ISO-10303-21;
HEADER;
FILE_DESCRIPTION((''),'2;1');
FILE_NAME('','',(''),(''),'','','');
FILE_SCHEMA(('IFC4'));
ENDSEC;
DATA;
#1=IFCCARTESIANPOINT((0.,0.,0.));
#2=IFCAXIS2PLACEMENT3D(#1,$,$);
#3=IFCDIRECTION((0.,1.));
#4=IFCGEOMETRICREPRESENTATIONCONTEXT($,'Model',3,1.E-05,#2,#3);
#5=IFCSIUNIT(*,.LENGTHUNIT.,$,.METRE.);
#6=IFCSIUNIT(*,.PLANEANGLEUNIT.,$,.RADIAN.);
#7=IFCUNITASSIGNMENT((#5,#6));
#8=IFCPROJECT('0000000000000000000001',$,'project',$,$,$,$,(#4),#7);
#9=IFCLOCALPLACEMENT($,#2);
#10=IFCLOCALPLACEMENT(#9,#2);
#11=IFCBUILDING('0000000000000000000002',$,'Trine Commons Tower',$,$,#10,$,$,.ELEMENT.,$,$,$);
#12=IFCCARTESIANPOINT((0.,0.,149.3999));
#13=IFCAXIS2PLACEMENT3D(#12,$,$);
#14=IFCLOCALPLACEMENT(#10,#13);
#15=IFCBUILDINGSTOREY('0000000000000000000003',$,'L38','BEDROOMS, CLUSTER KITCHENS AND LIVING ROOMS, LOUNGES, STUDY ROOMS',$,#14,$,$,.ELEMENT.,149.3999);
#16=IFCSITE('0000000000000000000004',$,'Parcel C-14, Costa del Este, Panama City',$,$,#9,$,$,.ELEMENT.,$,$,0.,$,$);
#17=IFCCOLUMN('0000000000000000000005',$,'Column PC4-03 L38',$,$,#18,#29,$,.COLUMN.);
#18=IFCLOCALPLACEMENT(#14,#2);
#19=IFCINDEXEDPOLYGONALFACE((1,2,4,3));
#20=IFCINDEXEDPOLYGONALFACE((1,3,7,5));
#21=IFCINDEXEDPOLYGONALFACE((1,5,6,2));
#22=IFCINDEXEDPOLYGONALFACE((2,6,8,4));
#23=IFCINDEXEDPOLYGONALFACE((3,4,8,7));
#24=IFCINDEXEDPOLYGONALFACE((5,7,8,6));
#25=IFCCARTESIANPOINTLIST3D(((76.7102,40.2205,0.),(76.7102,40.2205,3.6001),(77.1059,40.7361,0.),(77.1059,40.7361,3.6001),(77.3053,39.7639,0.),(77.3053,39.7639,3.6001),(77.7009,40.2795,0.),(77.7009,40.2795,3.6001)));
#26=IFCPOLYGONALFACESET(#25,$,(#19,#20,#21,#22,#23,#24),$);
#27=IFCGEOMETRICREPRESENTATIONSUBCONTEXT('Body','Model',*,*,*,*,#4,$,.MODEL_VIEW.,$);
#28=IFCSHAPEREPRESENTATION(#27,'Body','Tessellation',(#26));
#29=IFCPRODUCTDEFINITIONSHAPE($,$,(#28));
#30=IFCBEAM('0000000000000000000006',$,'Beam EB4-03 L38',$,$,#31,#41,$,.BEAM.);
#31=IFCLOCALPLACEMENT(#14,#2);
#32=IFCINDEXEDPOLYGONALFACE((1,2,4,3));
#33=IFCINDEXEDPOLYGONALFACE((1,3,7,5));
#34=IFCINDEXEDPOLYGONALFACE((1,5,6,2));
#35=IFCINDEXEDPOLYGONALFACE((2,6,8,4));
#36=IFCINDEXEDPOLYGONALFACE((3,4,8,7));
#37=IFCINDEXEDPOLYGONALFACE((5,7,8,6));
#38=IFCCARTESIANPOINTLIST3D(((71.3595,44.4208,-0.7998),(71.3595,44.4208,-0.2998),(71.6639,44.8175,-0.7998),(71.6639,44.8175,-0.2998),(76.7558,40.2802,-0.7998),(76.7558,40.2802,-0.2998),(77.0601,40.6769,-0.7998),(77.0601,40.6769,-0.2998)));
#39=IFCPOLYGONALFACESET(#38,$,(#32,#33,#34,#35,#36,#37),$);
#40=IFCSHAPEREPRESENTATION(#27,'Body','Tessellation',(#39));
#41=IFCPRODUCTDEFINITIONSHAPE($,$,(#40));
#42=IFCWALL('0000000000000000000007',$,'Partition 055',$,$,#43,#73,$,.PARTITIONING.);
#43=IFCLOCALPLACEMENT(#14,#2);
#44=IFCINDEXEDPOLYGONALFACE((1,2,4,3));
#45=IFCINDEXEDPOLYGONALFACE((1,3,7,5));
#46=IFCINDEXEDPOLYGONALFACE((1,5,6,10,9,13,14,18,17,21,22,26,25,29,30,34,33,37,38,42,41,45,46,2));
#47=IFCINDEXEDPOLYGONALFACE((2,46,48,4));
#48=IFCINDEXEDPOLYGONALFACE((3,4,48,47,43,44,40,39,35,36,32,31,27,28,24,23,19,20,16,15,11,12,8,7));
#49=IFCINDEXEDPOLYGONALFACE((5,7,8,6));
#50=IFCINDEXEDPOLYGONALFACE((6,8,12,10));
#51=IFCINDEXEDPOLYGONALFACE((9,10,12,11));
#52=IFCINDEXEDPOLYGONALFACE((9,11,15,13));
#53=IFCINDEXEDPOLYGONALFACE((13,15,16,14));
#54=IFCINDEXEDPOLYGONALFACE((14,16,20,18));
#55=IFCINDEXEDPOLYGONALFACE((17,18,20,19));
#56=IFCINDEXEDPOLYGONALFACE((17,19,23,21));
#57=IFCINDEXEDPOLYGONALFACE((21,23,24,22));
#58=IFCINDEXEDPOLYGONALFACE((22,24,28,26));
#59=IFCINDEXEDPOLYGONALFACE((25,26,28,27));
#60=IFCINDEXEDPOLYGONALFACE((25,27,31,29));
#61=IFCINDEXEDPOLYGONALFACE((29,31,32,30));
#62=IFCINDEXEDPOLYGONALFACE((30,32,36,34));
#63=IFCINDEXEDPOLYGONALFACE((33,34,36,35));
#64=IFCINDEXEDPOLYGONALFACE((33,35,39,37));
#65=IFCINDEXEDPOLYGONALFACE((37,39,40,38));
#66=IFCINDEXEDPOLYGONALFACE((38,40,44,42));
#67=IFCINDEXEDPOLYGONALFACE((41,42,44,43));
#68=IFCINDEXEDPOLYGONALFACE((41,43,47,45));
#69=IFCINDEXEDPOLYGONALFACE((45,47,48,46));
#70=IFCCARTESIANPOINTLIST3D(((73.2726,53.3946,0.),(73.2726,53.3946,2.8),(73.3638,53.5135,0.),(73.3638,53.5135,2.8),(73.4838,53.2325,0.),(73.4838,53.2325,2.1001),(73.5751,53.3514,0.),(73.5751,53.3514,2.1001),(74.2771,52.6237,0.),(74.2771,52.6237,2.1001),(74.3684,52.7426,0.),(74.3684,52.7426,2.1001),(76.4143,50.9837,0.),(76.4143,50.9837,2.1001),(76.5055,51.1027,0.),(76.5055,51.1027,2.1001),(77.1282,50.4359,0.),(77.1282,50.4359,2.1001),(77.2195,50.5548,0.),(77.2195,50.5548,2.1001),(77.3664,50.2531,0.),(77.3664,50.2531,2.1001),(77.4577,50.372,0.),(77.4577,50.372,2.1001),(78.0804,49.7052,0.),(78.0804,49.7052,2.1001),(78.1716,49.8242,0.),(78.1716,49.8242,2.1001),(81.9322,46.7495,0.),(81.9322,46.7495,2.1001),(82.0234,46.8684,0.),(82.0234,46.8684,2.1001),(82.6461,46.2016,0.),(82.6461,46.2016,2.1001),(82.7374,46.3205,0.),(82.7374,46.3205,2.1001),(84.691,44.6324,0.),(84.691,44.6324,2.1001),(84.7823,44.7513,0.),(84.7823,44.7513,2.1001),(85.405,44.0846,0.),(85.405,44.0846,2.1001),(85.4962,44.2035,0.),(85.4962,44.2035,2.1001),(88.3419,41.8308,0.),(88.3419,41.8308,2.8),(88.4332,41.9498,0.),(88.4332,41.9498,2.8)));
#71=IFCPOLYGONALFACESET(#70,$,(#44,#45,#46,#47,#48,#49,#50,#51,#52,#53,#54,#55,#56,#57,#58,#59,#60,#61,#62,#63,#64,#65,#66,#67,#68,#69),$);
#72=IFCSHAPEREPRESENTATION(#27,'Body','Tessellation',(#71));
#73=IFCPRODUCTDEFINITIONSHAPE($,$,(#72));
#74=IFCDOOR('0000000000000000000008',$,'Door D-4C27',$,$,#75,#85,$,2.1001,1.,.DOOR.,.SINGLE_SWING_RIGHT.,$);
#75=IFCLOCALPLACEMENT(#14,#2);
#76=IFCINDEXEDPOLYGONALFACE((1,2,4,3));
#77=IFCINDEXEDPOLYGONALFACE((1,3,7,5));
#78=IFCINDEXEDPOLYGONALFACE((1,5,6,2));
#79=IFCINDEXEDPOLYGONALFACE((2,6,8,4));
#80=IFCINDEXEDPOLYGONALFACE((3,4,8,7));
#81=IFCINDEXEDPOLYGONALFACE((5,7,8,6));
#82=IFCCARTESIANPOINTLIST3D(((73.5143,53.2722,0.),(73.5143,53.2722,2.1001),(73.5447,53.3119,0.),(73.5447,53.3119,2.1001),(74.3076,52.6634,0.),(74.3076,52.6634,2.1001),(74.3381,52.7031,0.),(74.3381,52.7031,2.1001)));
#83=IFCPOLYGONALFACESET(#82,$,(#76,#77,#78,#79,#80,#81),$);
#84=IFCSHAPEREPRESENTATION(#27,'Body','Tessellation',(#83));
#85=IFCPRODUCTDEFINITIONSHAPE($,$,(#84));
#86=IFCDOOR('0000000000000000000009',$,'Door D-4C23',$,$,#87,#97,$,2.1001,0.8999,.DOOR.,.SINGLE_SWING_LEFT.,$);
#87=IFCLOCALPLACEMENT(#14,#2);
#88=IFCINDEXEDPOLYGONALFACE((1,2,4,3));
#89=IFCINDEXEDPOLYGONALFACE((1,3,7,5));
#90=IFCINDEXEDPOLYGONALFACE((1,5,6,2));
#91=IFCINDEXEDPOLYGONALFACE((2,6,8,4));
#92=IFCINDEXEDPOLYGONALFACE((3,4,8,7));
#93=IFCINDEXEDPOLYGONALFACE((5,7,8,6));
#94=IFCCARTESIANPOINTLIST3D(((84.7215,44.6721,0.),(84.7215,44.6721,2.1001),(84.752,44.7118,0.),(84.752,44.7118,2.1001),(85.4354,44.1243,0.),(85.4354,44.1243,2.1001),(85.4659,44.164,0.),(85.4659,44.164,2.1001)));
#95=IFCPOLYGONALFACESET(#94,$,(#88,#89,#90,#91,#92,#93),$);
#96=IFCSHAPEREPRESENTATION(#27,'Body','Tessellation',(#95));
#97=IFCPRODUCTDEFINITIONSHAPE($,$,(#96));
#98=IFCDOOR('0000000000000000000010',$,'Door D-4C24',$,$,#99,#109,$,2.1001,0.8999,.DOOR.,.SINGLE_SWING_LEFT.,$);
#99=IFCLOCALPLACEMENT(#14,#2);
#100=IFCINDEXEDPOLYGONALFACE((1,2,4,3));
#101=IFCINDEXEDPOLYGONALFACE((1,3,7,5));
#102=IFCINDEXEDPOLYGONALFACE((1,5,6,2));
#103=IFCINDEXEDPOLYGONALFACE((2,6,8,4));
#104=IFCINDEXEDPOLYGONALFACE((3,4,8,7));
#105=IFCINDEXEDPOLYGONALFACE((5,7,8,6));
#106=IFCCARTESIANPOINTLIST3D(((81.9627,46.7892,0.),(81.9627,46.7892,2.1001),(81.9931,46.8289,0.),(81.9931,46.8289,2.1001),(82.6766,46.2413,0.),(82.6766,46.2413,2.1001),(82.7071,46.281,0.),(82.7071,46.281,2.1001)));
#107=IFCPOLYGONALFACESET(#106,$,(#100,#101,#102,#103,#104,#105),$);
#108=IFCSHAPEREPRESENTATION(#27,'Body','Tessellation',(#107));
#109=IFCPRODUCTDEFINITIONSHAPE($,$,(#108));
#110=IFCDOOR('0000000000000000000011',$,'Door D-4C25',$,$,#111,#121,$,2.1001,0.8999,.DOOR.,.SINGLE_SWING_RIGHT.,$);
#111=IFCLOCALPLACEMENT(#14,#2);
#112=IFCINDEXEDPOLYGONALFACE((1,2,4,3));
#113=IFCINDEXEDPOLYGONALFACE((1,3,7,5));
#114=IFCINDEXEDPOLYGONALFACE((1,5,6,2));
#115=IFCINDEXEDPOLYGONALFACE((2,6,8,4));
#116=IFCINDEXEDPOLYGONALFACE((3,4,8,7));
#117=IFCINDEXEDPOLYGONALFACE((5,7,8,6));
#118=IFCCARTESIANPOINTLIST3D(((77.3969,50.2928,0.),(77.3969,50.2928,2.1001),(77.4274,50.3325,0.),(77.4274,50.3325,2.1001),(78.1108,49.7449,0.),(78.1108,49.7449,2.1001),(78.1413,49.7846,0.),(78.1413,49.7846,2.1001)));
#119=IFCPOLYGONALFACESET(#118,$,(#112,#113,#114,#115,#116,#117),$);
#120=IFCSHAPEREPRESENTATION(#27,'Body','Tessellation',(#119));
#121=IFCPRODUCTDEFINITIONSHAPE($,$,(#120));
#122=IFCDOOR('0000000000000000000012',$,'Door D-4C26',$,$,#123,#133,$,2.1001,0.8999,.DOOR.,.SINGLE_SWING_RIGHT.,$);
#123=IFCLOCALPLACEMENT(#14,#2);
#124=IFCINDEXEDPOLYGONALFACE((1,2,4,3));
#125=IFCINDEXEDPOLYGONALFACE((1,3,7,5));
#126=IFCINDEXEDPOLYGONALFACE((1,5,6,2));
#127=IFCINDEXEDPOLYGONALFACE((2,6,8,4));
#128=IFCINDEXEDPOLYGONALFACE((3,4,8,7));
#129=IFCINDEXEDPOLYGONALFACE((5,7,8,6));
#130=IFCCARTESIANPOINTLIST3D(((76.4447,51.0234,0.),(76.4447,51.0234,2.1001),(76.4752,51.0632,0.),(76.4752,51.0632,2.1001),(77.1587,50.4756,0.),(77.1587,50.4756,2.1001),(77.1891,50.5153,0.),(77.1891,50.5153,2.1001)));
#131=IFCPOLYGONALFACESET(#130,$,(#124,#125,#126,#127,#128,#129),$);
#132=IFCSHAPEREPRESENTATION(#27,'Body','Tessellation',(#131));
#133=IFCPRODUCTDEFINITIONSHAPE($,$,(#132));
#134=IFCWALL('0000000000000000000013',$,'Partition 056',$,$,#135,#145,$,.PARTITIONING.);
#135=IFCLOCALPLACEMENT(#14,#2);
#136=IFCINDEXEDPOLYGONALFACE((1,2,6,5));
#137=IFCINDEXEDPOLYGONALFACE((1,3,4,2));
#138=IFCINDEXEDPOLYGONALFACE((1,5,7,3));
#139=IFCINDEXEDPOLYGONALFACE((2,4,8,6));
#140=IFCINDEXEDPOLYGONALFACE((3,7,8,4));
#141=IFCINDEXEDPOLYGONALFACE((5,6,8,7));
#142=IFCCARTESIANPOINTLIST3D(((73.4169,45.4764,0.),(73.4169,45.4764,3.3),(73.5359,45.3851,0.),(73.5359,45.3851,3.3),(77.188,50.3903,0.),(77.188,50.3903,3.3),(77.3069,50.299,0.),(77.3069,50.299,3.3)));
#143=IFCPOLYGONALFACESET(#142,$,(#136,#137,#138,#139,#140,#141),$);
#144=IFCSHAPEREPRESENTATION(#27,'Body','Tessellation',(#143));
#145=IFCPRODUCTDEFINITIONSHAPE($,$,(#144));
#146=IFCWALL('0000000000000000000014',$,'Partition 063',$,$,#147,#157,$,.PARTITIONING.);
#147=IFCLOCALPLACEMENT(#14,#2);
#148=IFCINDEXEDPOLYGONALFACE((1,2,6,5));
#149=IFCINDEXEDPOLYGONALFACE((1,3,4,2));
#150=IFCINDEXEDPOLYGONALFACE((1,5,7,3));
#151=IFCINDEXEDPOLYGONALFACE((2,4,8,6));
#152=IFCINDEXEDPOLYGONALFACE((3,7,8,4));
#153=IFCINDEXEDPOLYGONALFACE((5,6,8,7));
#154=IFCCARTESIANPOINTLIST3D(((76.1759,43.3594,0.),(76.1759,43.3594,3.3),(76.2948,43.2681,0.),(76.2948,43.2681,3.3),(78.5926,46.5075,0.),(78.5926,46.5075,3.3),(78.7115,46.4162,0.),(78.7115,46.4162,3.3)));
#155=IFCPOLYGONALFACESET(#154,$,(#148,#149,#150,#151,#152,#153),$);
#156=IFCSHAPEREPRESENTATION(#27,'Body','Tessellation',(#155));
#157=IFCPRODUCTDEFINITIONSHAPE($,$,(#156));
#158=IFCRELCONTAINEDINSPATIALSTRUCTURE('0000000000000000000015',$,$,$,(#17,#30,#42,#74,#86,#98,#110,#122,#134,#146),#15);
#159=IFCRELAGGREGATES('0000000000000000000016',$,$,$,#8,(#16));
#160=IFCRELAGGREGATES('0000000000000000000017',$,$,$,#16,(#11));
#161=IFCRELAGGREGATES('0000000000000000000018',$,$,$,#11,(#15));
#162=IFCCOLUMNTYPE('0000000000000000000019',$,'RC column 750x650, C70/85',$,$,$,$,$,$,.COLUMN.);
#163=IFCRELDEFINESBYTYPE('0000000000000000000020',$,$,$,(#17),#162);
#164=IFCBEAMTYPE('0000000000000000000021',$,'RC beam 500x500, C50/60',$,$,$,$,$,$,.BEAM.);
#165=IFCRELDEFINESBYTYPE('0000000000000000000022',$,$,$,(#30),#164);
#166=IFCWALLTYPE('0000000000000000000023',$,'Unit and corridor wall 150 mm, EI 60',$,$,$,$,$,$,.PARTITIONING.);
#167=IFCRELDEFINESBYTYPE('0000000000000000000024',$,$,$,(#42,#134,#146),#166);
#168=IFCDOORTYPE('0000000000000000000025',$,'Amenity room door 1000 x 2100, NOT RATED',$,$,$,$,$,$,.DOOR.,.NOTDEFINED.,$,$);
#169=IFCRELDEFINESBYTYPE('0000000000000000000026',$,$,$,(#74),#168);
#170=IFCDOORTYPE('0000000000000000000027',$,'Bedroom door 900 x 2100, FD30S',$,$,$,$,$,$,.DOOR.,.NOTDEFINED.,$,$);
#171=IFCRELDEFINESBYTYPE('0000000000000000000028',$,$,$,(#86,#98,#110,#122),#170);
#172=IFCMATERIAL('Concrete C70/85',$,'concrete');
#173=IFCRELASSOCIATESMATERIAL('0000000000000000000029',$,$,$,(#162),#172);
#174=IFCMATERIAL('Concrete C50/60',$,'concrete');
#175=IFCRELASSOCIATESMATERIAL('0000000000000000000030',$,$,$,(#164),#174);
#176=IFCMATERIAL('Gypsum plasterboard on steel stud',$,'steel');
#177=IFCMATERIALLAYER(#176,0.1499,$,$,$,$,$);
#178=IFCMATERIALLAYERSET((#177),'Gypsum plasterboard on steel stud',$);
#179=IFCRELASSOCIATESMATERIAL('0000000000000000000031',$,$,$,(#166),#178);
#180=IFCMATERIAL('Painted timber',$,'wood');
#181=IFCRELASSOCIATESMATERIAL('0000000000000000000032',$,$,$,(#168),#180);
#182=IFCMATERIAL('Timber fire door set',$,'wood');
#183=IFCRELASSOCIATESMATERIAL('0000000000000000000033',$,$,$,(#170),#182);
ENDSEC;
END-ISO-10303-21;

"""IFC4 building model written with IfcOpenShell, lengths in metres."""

from ifc_helpers import new_model, si_unit, direction, frame, frame_2d, origin, origin_2d, place, context, subcontext, project, spatial, rectangle, extrude, material, layer, layer_set, material_profile, profile_set, type_object, element, fill, save


model = new_model("IFC4")

# Units and contexts
model_context = context("Model", 3, precision=1e-05, world=origin(), true_north=direction((0.0, 1.0)))
body_context = subcontext(model_context, "Body", "Model", "MODEL_VIEW")
ifc_project = project(units=[si_unit("LENGTHUNIT", "METRE"), si_unit("PLANEANGLEUNIT", "RADIAN")], contexts=[model_context])

# Site, building, storey
site_placement = place(None, origin())
site = spatial("IfcSite", under=ifc_project, at=site_placement, Name="Parcel C-14, Costa del Este, Panama City", CompositionType="ELEMENT", RefElevation=0.0)
building_placement = place(site_placement, origin())
building = spatial("IfcBuilding", under=site, at=building_placement, Name="Trine Commons Tower", CompositionType="ELEMENT")
storey_placement = place(building_placement, frame((0.0, 0.0, 149.3999)))
storey = spatial("IfcBuildingStorey", under=building, at=storey_placement, Name="L38", Description="BEDROOMS, CLUSTER KITCHENS AND LIVING ROOMS, LOUNGES, STUDY ROOMS", CompositionType="ELEMENT", Elevation=149.3999)

# Column
ifc_material_1 = material(Name="Concrete C70/85", Category="concrete")
ifc_material_profile_1 = material_profile(ifc_material_1, rectangle(XDim=0.75, YDim=0.6499, at=origin_2d()), Name="RC 750x650")
ifc_profile_set_1 = profile_set([ifc_material_profile_1], Name="Concrete C70/85")
column_type = type_object("IfcColumnType", Name="RC column 750x650, C70/85", PredefinedType="COLUMN", material=ifc_profile_set_1)
column_placement = place(storey_placement, frame((77.2056, 40.25, 0.0), z_axis=(0.0, 0.0, 1.0), x_axis=(-0.793353, 0.608761, 0.0)))
element("IfcColumn", 1, at=column_placement, inside=storey, type_object=column_type, Name="Column PC4-03 L38", PredefinedType="COLUMN", context=body_context, shape_type="SweptSolid", body=[
    extrude(rectangle(XDim=0.75, YDim=0.6499, at=origin_2d()), origin(), (0.0, 0.0, 1.0), 3.6001),
])

# Beam
ifc_material_2 = material(Name="Concrete C50/60", Category="concrete")
ifc_material_profile_2 = material_profile(ifc_material_2, rectangle(XDim=0.5, YDim=0.5, at=origin_2d()), Name="RC 500x500")
ifc_profile_set_2 = profile_set([ifc_material_profile_2], Name="Concrete C50/60")
beam_type = type_object("IfcBeamType", Name="RC beam 500x500, C50/60", PredefinedType="BEAM", material=ifc_profile_set_2)
beam_placement = place(storey_placement, frame((76.908, 40.4785, -0.5498), z_axis=(-0.793357, 0.608756, 0.0), x_axis=(-0.608756, -0.793357, 0.0)))
element("IfcBeam", 2, at=beam_placement, inside=storey, type_object=beam_type, Name="Beam EB4-03 L38", PredefinedType="BEAM", context=body_context, shape_type="SweptSolid", body=[
    extrude(rectangle(XDim=0.5, YDim=0.5, at=origin_2d()), origin(), (0.0, 0.0, 1.0), 6.8018),
])

# Wall, openings, doors
ifc_material_3 = material(Name="Gypsum plasterboard on steel stud", Category="steel")
ifc_layer_1 = layer(ifc_material_3, 0.1499)
ifc_layer_set_1 = layer_set([ifc_layer_1], Name="Gypsum plasterboard on steel stud")
wall_type_1 = type_object("IfcWallType", Name="Unit and corridor wall 150 mm, EI 60", PredefinedType="PARTITIONING", material=ifc_layer_set_1)
wall_1_placement = place(storey_placement, frame((73.3181, 53.4541, 0.0), z_axis=(0.0, 0.0, 1.0), x_axis=(0.793338, -0.608782, 0.0)))
wall_1 = element("IfcWall", 3, at=wall_1_placement, inside=storey, type_object=wall_type_1, Name="Partition 055", PredefinedType="PARTITIONING", context=body_context, shape_type="SweptSolid", body=[
    extrude(rectangle(XDim=18.9949, YDim=0.1499, at=frame_2d((9.4976, 0.0))), origin(), (0.0, 0.0, 1.0), 2.8),
])
opening_1_placement = place(wall_1_placement, frame((14.3931, 0.0, 0.0)))
opening_1 = element("IfcOpeningElement", 4, at=opening_1_placement, cuts=wall_1, PredefinedType="OPENING", context=body_context, shape_type="SweptSolid", body=[
    extrude(rectangle(XDim=0.8999, YDim=2.1001, at=frame_2d((0.45, 1.05))), frame((0.0, 0.085, 0.0), z_axis=(0.0, -1.0, 0.0), x_axis=(1.0, 0.0, 0.0)), (0.0, 0.0, 1.0), 0.1699),
])
opening_2_placement = place(wall_1_placement, frame((10.9155, 0.0, 0.0)))
opening_2 = element("IfcOpeningElement", 5, at=opening_2_placement, cuts=wall_1, PredefinedType="OPENING", context=body_context, shape_type="SweptSolid", body=[
    extrude(rectangle(XDim=0.8999, YDim=2.1001, at=frame_2d((0.45, 1.05))), frame((0.0, 0.085, 0.0), z_axis=(0.0, -1.0, 0.0), x_axis=(1.0, 0.0, 0.0)), (0.0, 0.0, 1.0), 0.1699),
])
opening_3_placement = place(wall_1_placement, frame((5.1604, 0.0, 0.0)))
opening_3 = element("IfcOpeningElement", 6, at=opening_3_placement, cuts=wall_1, PredefinedType="OPENING", context=body_context, shape_type="SweptSolid", body=[
    extrude(rectangle(XDim=0.8999, YDim=2.1001, at=frame_2d((0.45, 1.05))), frame((0.0, 0.085, 0.0), z_axis=(0.0, -1.0, 0.0), x_axis=(1.0, 0.0, 0.0)), (0.0, 0.0, 1.0), 0.1699),
])
opening_4_placement = place(wall_1_placement, frame((3.9602, 0.0, 0.0)))
opening_4 = element("IfcOpeningElement", 7, at=opening_4_placement, cuts=wall_1, PredefinedType="OPENING", context=body_context, shape_type="SweptSolid", body=[
    extrude(rectangle(XDim=0.8999, YDim=2.1001, at=frame_2d((0.45, 1.05))), frame((0.0, 0.085, 0.0), z_axis=(0.0, -1.0, 0.0), x_axis=(1.0, 0.0, 0.0)), (0.0, 0.0, 1.0), 0.1699),
])
opening_5_placement = place(wall_1_placement, frame((0.2664, 0.0, 0.0)))
opening_5 = element("IfcOpeningElement", 8, at=opening_5_placement, cuts=wall_1, PredefinedType="OPENING", context=body_context, shape_type="SweptSolid", body=[
    extrude(rectangle(XDim=1.0, YDim=2.1001, at=frame_2d((0.5, 1.05))), frame((0.0, 0.085, 0.0), z_axis=(0.0, -1.0, 0.0), x_axis=(1.0, 0.0, 0.0)), (0.0, 0.0, 1.0), 0.1699),
])
ifc_material_4 = material(Name="Painted timber", Category="wood")
door_type_1 = type_object("IfcDoorType", Name="Amenity room door 1000 x 2100, NOT RATED", OperationType="NOTDEFINED", PredefinedType="DOOR", material=ifc_material_4)
door_1_placement = place(opening_5_placement, frame((1.0, 0.0, 0.0), z_axis=(0.0, 0.0, 1.0), x_axis=(-1.0, 0.0, 0.0)))
door_1 = element("IfcDoor", 9, at=door_1_placement, inside=storey, type_object=door_type_1, Name="Door D-4C27", OperationType="SINGLE_SWING_RIGHT", OverallHeight=2.1001, OverallWidth=1.0, PredefinedType="DOOR", context=body_context, shape_type="SweptSolid", body=[
    extrude(rectangle(XDim=1.0, YDim=2.1001, at=frame_2d((0.5, 1.05))), frame((0.0, 0.0249, 0.0), z_axis=(0.0, -1.0, 0.0), x_axis=(1.0, 0.0, 0.0)), (0.0, 0.0, 1.0), 0.05),
])
fill(opening_5, door_1)
ifc_material_5 = material(Name="Timber fire door set", Category="wood")
door_type_2 = type_object("IfcDoorType", Name="Bedroom door 900 x 2100, FD30S", OperationType="NOTDEFINED", PredefinedType="DOOR", material=ifc_material_5)
door_2_placement = place(opening_1_placement, frame((0.8999, 0.0, 0.0), z_axis=(0.0, 0.0, 1.0), x_axis=(-1.0, 0.0, 0.0)))
door_2 = element("IfcDoor", 10, at=door_2_placement, inside=storey, type_object=door_type_2, Name="Door D-4C23", OperationType="SINGLE_SWING_LEFT", OverallHeight=2.1001, OverallWidth=0.8999, PredefinedType="DOOR", context=body_context, shape_type="SweptSolid", body=[
    extrude(rectangle(XDim=0.8999, YDim=2.1001, at=frame_2d((0.45, 1.05))), frame((0.0, 0.0249, 0.0), z_axis=(0.0, -1.0, 0.0), x_axis=(1.0, 0.0, 0.0)), (0.0, 0.0, 1.0), 0.05),
])
fill(opening_1, door_2)
door_3_placement = place(opening_2_placement, frame((0.8999, 0.0, 0.0), z_axis=(0.0, 0.0, 1.0), x_axis=(-1.0, 0.0, 0.0)))
door_3 = element("IfcDoor", 11, at=door_3_placement, inside=storey, type_object=door_type_2, Name="Door D-4C24", OperationType="SINGLE_SWING_LEFT", OverallHeight=2.1001, OverallWidth=0.8999, PredefinedType="DOOR", context=body_context, shape_type="SweptSolid", body=[
    extrude(rectangle(XDim=0.8999, YDim=2.1001, at=frame_2d((0.45, 1.05))), frame((0.0, 0.0249, 0.0), z_axis=(0.0, -1.0, 0.0), x_axis=(1.0, 0.0, 0.0)), (0.0, 0.0, 1.0), 0.05),
])
fill(opening_2, door_3)
door_4_placement = place(opening_3_placement, frame((0.8999, 0.0, 0.0), z_axis=(0.0, 0.0, 1.0), x_axis=(-1.0, 0.0, 0.0)))
door_4 = element("IfcDoor", 12, at=door_4_placement, inside=storey, type_object=door_type_2, Name="Door D-4C25", OperationType="SINGLE_SWING_RIGHT", OverallHeight=2.1001, OverallWidth=0.8999, PredefinedType="DOOR", context=body_context, shape_type="SweptSolid", body=[
    extrude(rectangle(XDim=0.8999, YDim=2.1001, at=frame_2d((0.45, 1.05))), frame((0.0, 0.0249, 0.0), z_axis=(0.0, -1.0, 0.0), x_axis=(1.0, 0.0, 0.0)), (0.0, 0.0, 1.0), 0.05),
])
fill(opening_3, door_4)
door_5_placement = place(opening_4_placement, frame((0.8999, 0.0, 0.0), z_axis=(0.0, 0.0, 1.0), x_axis=(-1.0, 0.0, 0.0)))
door_5 = element("IfcDoor", 13, at=door_5_placement, inside=storey, type_object=door_type_2, Name="Door D-4C26", OperationType="SINGLE_SWING_RIGHT", OverallHeight=2.1001, OverallWidth=0.8999, PredefinedType="DOOR", context=body_context, shape_type="SweptSolid", body=[
    extrude(rectangle(XDim=0.8999, YDim=2.1001, at=frame_2d((0.45, 1.05))), frame((0.0, 0.0249, 0.0), z_axis=(0.0, -1.0, 0.0), x_axis=(1.0, 0.0, 0.0)), (0.0, 0.0, 1.0), 0.05),
])
fill(opening_4, door_5)

# Walls
wall_2_placement = place(storey_placement, frame((73.4763, 45.4307, 0.0), z_axis=(0.0, 0.0, 1.0), x_axis=(0.608811, 0.793315, 0.0)))
element("IfcWall", 14, at=wall_2_placement, inside=storey, type_object=wall_type_1, Name="Partition 056", PredefinedType="PARTITIONING", context=body_context, shape_type="SweptSolid", body=[
    extrude(rectangle(XDim=6.1941, YDim=0.1499, at=frame_2d((3.0972, 0.0))), origin(), (0.0, 0.0, 1.0), 3.3),
])
wall_3_placement = place(storey_placement, frame((76.2354, 43.3137, 0.0), z_axis=(0.0, 0.0, 1.0), x_axis=(0.608929, 0.793225, 0.0)))
element("IfcWall", 15, at=wall_3_placement, inside=storey, type_object=wall_type_1, Name="Partition 063", PredefinedType="PARTITIONING", context=body_context, shape_type="SweptSolid", body=[
    extrude(rectangle(XDim=3.9688, YDim=0.1499, at=frame_2d((1.9844, 0.0))), origin(), (0.0, 0.0, 1.0), 3.3),
])

save(model, "model.ifc")
